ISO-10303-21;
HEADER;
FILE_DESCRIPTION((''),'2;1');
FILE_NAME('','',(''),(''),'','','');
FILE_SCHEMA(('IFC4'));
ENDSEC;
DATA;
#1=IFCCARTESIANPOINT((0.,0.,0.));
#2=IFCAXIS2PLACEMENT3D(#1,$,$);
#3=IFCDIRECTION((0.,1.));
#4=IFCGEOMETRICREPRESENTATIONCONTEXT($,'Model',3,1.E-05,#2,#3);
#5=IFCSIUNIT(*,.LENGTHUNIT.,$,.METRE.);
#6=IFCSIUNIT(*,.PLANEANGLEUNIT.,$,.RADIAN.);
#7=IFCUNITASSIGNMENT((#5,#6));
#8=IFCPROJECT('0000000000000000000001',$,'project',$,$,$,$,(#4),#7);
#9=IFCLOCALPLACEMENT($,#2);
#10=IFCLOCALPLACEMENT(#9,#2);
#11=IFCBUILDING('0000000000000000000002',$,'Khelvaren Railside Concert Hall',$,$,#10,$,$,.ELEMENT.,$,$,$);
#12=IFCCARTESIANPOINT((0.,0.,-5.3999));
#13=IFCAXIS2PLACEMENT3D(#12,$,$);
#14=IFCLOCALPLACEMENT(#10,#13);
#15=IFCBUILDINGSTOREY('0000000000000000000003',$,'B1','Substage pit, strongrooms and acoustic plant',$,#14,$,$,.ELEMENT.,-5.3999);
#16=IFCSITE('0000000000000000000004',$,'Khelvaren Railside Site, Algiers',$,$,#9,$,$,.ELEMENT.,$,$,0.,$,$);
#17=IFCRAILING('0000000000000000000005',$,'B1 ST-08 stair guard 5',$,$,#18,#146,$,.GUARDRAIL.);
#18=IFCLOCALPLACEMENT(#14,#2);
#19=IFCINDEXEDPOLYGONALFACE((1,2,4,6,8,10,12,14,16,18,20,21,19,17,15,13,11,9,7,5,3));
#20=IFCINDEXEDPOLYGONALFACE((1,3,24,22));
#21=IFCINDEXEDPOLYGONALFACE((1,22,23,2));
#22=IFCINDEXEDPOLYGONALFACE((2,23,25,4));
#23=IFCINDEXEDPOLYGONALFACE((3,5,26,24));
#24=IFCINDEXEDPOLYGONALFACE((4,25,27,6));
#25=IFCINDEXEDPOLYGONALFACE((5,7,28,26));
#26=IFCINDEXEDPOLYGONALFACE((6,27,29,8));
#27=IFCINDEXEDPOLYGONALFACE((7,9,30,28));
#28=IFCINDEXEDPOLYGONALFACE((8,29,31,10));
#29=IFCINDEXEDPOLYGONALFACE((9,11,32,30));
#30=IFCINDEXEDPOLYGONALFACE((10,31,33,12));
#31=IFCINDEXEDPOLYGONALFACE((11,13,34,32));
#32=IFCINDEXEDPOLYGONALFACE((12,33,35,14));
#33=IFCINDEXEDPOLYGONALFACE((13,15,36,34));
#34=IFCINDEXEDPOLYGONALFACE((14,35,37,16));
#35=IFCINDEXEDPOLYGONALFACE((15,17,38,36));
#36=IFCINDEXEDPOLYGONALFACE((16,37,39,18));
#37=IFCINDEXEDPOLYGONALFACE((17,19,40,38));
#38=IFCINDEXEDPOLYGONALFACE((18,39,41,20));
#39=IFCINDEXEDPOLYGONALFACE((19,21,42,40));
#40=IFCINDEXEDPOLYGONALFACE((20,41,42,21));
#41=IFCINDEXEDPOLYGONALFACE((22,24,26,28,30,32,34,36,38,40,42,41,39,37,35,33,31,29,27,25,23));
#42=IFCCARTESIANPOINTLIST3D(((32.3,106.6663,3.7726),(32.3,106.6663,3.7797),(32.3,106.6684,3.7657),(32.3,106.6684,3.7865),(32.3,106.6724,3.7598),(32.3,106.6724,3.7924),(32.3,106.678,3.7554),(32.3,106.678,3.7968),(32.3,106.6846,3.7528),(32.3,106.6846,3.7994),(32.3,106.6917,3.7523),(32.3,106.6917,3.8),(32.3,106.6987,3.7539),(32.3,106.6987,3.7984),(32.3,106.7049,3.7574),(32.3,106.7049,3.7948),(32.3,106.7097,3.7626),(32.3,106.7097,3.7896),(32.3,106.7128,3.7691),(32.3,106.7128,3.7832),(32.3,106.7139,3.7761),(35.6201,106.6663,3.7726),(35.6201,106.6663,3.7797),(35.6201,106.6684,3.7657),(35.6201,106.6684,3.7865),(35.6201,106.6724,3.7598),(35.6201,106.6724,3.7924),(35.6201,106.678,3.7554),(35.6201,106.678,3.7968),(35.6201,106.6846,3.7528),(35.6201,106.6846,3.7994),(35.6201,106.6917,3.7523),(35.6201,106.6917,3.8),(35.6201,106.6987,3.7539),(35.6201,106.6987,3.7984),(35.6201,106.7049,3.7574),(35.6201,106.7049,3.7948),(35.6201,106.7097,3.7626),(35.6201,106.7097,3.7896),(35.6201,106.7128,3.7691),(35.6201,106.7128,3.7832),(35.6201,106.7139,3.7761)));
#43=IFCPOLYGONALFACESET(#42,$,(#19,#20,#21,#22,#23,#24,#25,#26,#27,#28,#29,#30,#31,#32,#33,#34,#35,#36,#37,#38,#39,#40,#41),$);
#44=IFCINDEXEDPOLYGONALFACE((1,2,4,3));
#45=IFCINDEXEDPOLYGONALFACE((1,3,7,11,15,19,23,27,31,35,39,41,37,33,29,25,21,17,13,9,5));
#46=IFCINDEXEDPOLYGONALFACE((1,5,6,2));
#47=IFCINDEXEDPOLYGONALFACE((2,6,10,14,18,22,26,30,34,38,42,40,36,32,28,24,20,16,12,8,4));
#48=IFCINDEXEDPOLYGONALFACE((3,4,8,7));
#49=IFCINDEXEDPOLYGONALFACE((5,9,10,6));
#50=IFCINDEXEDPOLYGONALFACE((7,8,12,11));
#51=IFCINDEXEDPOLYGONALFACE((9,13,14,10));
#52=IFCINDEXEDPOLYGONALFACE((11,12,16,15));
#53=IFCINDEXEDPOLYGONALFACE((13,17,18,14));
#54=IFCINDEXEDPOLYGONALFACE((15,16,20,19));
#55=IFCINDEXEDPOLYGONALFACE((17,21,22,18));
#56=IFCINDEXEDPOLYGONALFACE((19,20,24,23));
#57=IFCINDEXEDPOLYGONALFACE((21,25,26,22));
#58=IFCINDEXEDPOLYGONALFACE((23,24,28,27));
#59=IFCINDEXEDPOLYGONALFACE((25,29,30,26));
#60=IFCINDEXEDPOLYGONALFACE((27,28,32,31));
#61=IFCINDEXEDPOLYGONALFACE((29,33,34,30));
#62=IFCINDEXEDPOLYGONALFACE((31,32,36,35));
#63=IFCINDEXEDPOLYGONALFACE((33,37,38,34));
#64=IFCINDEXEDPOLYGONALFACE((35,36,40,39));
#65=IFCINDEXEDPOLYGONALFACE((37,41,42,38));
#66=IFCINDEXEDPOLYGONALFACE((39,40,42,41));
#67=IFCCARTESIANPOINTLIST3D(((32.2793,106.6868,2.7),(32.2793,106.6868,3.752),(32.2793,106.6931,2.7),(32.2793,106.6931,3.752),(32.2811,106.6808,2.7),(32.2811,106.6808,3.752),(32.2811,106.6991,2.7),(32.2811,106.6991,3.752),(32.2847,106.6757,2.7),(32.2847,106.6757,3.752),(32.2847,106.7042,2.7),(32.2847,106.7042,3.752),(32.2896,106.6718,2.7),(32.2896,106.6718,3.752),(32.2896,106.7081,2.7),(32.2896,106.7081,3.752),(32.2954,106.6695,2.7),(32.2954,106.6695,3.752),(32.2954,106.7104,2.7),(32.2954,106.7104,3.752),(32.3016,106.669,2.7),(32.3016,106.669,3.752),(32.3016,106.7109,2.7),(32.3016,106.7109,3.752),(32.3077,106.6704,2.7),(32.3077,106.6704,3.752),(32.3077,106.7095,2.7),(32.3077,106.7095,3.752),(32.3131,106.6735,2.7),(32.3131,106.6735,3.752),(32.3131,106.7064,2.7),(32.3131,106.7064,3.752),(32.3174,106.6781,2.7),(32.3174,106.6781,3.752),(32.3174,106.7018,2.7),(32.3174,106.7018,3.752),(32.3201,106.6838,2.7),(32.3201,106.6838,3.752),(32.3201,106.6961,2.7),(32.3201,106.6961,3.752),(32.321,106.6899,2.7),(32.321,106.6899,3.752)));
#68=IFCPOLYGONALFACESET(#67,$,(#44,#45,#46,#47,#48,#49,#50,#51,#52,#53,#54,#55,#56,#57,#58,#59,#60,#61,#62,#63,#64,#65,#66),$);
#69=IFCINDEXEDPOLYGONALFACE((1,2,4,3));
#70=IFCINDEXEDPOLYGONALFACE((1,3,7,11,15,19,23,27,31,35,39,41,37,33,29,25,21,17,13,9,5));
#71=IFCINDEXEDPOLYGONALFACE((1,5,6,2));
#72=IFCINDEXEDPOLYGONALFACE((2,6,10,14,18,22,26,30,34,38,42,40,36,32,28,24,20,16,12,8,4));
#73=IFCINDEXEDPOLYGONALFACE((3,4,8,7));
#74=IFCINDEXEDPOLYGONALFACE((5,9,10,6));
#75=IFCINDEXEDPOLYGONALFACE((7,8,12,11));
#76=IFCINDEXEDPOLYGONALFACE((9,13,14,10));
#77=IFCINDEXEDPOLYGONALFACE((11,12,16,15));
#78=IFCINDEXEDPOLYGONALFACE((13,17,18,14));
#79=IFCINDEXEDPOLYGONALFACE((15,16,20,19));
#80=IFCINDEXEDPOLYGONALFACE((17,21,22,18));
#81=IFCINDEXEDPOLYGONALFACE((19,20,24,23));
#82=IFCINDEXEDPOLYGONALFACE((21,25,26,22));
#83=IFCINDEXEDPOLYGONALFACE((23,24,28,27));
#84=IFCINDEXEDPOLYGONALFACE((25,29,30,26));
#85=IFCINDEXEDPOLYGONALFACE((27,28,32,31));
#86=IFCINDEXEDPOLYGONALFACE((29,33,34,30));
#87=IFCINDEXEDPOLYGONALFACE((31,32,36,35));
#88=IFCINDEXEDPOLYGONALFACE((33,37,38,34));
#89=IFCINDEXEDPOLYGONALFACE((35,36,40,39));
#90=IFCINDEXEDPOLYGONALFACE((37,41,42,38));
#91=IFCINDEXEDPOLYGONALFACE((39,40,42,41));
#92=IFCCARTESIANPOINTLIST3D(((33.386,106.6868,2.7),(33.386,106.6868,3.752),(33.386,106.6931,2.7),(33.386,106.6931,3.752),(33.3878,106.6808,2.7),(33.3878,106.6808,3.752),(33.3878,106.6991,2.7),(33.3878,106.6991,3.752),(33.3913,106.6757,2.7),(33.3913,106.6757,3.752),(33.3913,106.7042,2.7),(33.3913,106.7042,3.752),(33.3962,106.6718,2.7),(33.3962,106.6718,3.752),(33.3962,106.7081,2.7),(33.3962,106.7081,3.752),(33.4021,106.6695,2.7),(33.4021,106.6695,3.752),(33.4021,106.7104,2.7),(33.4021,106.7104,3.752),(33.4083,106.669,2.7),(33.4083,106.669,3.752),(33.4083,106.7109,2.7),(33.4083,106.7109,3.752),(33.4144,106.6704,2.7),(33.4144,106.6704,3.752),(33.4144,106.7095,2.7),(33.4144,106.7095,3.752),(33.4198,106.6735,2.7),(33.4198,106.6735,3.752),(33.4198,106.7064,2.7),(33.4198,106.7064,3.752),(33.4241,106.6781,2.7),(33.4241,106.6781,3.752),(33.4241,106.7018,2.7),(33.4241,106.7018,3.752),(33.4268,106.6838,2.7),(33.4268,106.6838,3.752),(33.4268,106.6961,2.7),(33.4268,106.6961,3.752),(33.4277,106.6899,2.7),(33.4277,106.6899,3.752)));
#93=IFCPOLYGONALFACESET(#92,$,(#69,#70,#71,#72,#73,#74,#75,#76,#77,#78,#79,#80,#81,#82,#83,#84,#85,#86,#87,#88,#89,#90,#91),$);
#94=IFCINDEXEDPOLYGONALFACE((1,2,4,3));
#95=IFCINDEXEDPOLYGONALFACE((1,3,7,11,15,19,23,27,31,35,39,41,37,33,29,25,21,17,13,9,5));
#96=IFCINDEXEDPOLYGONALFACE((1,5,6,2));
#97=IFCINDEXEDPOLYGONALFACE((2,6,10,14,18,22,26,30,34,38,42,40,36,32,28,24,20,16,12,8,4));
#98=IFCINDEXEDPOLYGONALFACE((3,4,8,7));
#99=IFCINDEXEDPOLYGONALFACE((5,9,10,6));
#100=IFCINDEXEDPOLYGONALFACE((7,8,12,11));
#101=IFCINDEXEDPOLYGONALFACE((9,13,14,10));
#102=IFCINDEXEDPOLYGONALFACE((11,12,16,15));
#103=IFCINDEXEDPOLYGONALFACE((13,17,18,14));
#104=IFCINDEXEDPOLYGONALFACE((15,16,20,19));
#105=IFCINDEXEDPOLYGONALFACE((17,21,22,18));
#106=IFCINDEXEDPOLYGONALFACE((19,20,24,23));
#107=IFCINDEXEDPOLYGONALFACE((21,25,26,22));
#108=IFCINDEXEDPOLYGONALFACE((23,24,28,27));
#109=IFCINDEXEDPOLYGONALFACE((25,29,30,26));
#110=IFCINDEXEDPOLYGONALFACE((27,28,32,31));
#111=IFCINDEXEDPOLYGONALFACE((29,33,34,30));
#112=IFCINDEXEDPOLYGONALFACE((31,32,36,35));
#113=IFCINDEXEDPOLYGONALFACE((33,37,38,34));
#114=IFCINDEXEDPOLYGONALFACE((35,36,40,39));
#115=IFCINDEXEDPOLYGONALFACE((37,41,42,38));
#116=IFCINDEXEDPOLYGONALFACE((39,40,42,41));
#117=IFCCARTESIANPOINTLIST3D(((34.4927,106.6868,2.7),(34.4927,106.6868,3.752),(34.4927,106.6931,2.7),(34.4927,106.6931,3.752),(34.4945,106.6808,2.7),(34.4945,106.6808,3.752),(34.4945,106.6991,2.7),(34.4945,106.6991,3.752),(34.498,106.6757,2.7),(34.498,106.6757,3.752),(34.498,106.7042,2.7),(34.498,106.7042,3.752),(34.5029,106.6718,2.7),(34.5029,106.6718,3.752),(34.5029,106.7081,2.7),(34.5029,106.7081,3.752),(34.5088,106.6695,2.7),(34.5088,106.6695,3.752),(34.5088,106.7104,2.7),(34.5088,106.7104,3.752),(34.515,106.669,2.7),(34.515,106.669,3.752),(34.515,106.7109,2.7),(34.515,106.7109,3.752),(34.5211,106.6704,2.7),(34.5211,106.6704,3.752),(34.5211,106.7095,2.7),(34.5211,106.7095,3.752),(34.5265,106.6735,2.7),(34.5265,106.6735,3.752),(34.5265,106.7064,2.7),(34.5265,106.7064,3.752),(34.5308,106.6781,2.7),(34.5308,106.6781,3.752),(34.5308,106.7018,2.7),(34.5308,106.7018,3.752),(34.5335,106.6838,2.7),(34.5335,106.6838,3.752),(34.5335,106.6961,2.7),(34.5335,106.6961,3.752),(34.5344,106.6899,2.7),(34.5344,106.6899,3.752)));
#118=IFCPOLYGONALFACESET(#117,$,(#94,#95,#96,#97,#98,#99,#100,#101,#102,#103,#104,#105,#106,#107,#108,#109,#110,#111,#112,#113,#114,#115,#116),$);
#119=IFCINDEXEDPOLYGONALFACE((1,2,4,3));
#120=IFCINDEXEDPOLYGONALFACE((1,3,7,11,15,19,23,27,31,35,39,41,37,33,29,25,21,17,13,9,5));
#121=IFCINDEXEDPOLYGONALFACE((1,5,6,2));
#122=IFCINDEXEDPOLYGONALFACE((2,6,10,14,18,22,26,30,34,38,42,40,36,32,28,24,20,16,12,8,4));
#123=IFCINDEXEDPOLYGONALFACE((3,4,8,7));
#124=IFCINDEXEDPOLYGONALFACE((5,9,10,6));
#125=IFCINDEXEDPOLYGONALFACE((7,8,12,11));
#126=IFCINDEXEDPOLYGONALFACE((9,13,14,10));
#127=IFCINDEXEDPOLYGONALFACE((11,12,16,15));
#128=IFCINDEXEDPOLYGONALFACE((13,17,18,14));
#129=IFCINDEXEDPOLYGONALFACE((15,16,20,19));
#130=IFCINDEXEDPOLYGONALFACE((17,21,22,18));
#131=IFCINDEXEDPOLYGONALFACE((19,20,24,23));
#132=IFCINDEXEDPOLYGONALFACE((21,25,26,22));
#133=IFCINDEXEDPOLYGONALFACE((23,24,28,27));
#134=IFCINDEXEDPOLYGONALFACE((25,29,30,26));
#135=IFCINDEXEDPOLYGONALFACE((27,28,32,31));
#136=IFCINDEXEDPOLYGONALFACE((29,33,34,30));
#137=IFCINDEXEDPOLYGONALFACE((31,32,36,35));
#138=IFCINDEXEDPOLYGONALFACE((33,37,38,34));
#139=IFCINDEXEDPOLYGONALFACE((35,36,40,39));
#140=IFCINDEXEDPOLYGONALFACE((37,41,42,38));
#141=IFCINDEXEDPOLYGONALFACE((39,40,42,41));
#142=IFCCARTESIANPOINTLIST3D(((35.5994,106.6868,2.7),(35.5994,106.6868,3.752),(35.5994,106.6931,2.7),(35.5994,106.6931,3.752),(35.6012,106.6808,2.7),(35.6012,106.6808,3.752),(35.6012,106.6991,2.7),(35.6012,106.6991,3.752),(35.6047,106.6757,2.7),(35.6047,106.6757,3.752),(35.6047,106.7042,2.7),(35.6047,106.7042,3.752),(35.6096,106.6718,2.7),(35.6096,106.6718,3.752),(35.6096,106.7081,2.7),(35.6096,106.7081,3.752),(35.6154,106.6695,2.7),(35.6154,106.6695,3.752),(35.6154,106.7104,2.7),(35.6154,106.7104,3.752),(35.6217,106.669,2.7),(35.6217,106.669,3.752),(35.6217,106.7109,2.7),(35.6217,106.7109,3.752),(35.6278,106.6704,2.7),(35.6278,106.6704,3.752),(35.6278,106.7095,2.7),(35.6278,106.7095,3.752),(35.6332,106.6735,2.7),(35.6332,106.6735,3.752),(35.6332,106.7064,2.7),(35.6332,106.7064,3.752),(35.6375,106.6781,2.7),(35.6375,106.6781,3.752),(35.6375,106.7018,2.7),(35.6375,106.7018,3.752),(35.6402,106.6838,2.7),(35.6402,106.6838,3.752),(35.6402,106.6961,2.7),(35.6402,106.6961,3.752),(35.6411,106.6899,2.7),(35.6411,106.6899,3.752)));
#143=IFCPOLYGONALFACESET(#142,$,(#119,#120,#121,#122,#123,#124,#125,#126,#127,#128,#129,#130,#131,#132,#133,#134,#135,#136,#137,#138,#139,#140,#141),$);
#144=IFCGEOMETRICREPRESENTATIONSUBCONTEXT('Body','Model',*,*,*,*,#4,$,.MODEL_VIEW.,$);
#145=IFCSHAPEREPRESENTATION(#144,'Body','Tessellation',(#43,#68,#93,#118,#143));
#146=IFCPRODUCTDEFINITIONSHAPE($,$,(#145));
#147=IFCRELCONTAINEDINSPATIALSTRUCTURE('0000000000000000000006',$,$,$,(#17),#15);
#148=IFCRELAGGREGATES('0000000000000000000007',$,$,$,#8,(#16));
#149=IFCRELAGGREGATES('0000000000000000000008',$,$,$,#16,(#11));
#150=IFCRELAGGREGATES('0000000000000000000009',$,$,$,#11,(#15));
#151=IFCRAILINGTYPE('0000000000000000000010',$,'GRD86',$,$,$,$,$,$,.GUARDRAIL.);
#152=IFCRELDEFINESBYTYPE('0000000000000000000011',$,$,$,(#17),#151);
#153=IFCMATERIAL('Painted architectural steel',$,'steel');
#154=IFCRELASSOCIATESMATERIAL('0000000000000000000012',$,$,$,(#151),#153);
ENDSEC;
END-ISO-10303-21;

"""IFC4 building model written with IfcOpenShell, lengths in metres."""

from ifc_helpers import new_model, si_unit, direction, frame, origin, origin_2d, place, context, subcontext, project, spatial, circle, extrude, material, type_object, element, save


model = new_model("IFC4")

# Units and contexts
model_context = context("Model", 3, precision=1e-05, world=origin(), true_north=direction((0.0, 1.0)))
body_context = subcontext(model_context, "Body", "Model", "MODEL_VIEW")
ifc_project = project(units=[si_unit("LENGTHUNIT", "METRE"), si_unit("PLANEANGLEUNIT", "RADIAN")], contexts=[model_context])

# Site, building, storey
site_placement = place(None, origin())
site = spatial("IfcSite", under=ifc_project, at=site_placement, Name="Khelvaren Railside Site, Algiers", CompositionType="ELEMENT", RefElevation=0.0)
building_placement = place(site_placement, origin())
building = spatial("IfcBuilding", under=site, at=building_placement, Name="Khelvaren Railside Concert Hall", CompositionType="ELEMENT")
storey_placement = place(building_placement, frame((0.0, 0.0, -5.3999)))
storey = spatial("IfcBuildingStorey", under=building, at=storey_placement, Name="B1", Description="Substage pit, strongrooms and acoustic plant", CompositionType="ELEMENT", Elevation=-5.3999)

# Railing
ifc_material_1 = material(Name="Painted architectural steel", Category="steel")
railing_type_1 = type_object("IfcRailingType", Name="GRD86", PredefinedType="GUARDRAIL", material=ifc_material_1)
railing_1_placement = place(storey_placement, frame((32.3, 106.6899, 2.7)))
element("IfcRailing", 1, at=railing_1_placement, inside=storey, type_object=railing_type_1, Name="B1 ST-08 stair guard 5", PredefinedType="GUARDRAIL", context=body_context, shape_type="SweptSolid", body=[
    extrude(circle(Radius=0.0239, at=origin_2d()), frame((0.0, 0.0, 1.0762), z_axis=(1.0, 0.0, 0.0), x_axis=(0.0, 1.0, 0.0)), (0.0, 0.0, 1.0), 3.3201),
    extrude(circle(Radius=0.021, at=origin_2d()), origin(), (0.0, 0.0, 1.0), 1.052),
    extrude(circle(Radius=0.021, at=origin_2d()), frame((1.1067, 0.0, 0.0)), (0.0, 0.0, 1.0), 1.052),
    extrude(circle(Radius=0.021, at=origin_2d()), frame((2.2134, 0.0, 0.0)), (0.0, 0.0, 1.0), 1.052),
    extrude(circle(Radius=0.021, at=origin_2d()), frame((3.3201, 0.0, 0.0)), (0.0, 0.0, 1.0), 1.052),
])

save(model, "model.ifc")
